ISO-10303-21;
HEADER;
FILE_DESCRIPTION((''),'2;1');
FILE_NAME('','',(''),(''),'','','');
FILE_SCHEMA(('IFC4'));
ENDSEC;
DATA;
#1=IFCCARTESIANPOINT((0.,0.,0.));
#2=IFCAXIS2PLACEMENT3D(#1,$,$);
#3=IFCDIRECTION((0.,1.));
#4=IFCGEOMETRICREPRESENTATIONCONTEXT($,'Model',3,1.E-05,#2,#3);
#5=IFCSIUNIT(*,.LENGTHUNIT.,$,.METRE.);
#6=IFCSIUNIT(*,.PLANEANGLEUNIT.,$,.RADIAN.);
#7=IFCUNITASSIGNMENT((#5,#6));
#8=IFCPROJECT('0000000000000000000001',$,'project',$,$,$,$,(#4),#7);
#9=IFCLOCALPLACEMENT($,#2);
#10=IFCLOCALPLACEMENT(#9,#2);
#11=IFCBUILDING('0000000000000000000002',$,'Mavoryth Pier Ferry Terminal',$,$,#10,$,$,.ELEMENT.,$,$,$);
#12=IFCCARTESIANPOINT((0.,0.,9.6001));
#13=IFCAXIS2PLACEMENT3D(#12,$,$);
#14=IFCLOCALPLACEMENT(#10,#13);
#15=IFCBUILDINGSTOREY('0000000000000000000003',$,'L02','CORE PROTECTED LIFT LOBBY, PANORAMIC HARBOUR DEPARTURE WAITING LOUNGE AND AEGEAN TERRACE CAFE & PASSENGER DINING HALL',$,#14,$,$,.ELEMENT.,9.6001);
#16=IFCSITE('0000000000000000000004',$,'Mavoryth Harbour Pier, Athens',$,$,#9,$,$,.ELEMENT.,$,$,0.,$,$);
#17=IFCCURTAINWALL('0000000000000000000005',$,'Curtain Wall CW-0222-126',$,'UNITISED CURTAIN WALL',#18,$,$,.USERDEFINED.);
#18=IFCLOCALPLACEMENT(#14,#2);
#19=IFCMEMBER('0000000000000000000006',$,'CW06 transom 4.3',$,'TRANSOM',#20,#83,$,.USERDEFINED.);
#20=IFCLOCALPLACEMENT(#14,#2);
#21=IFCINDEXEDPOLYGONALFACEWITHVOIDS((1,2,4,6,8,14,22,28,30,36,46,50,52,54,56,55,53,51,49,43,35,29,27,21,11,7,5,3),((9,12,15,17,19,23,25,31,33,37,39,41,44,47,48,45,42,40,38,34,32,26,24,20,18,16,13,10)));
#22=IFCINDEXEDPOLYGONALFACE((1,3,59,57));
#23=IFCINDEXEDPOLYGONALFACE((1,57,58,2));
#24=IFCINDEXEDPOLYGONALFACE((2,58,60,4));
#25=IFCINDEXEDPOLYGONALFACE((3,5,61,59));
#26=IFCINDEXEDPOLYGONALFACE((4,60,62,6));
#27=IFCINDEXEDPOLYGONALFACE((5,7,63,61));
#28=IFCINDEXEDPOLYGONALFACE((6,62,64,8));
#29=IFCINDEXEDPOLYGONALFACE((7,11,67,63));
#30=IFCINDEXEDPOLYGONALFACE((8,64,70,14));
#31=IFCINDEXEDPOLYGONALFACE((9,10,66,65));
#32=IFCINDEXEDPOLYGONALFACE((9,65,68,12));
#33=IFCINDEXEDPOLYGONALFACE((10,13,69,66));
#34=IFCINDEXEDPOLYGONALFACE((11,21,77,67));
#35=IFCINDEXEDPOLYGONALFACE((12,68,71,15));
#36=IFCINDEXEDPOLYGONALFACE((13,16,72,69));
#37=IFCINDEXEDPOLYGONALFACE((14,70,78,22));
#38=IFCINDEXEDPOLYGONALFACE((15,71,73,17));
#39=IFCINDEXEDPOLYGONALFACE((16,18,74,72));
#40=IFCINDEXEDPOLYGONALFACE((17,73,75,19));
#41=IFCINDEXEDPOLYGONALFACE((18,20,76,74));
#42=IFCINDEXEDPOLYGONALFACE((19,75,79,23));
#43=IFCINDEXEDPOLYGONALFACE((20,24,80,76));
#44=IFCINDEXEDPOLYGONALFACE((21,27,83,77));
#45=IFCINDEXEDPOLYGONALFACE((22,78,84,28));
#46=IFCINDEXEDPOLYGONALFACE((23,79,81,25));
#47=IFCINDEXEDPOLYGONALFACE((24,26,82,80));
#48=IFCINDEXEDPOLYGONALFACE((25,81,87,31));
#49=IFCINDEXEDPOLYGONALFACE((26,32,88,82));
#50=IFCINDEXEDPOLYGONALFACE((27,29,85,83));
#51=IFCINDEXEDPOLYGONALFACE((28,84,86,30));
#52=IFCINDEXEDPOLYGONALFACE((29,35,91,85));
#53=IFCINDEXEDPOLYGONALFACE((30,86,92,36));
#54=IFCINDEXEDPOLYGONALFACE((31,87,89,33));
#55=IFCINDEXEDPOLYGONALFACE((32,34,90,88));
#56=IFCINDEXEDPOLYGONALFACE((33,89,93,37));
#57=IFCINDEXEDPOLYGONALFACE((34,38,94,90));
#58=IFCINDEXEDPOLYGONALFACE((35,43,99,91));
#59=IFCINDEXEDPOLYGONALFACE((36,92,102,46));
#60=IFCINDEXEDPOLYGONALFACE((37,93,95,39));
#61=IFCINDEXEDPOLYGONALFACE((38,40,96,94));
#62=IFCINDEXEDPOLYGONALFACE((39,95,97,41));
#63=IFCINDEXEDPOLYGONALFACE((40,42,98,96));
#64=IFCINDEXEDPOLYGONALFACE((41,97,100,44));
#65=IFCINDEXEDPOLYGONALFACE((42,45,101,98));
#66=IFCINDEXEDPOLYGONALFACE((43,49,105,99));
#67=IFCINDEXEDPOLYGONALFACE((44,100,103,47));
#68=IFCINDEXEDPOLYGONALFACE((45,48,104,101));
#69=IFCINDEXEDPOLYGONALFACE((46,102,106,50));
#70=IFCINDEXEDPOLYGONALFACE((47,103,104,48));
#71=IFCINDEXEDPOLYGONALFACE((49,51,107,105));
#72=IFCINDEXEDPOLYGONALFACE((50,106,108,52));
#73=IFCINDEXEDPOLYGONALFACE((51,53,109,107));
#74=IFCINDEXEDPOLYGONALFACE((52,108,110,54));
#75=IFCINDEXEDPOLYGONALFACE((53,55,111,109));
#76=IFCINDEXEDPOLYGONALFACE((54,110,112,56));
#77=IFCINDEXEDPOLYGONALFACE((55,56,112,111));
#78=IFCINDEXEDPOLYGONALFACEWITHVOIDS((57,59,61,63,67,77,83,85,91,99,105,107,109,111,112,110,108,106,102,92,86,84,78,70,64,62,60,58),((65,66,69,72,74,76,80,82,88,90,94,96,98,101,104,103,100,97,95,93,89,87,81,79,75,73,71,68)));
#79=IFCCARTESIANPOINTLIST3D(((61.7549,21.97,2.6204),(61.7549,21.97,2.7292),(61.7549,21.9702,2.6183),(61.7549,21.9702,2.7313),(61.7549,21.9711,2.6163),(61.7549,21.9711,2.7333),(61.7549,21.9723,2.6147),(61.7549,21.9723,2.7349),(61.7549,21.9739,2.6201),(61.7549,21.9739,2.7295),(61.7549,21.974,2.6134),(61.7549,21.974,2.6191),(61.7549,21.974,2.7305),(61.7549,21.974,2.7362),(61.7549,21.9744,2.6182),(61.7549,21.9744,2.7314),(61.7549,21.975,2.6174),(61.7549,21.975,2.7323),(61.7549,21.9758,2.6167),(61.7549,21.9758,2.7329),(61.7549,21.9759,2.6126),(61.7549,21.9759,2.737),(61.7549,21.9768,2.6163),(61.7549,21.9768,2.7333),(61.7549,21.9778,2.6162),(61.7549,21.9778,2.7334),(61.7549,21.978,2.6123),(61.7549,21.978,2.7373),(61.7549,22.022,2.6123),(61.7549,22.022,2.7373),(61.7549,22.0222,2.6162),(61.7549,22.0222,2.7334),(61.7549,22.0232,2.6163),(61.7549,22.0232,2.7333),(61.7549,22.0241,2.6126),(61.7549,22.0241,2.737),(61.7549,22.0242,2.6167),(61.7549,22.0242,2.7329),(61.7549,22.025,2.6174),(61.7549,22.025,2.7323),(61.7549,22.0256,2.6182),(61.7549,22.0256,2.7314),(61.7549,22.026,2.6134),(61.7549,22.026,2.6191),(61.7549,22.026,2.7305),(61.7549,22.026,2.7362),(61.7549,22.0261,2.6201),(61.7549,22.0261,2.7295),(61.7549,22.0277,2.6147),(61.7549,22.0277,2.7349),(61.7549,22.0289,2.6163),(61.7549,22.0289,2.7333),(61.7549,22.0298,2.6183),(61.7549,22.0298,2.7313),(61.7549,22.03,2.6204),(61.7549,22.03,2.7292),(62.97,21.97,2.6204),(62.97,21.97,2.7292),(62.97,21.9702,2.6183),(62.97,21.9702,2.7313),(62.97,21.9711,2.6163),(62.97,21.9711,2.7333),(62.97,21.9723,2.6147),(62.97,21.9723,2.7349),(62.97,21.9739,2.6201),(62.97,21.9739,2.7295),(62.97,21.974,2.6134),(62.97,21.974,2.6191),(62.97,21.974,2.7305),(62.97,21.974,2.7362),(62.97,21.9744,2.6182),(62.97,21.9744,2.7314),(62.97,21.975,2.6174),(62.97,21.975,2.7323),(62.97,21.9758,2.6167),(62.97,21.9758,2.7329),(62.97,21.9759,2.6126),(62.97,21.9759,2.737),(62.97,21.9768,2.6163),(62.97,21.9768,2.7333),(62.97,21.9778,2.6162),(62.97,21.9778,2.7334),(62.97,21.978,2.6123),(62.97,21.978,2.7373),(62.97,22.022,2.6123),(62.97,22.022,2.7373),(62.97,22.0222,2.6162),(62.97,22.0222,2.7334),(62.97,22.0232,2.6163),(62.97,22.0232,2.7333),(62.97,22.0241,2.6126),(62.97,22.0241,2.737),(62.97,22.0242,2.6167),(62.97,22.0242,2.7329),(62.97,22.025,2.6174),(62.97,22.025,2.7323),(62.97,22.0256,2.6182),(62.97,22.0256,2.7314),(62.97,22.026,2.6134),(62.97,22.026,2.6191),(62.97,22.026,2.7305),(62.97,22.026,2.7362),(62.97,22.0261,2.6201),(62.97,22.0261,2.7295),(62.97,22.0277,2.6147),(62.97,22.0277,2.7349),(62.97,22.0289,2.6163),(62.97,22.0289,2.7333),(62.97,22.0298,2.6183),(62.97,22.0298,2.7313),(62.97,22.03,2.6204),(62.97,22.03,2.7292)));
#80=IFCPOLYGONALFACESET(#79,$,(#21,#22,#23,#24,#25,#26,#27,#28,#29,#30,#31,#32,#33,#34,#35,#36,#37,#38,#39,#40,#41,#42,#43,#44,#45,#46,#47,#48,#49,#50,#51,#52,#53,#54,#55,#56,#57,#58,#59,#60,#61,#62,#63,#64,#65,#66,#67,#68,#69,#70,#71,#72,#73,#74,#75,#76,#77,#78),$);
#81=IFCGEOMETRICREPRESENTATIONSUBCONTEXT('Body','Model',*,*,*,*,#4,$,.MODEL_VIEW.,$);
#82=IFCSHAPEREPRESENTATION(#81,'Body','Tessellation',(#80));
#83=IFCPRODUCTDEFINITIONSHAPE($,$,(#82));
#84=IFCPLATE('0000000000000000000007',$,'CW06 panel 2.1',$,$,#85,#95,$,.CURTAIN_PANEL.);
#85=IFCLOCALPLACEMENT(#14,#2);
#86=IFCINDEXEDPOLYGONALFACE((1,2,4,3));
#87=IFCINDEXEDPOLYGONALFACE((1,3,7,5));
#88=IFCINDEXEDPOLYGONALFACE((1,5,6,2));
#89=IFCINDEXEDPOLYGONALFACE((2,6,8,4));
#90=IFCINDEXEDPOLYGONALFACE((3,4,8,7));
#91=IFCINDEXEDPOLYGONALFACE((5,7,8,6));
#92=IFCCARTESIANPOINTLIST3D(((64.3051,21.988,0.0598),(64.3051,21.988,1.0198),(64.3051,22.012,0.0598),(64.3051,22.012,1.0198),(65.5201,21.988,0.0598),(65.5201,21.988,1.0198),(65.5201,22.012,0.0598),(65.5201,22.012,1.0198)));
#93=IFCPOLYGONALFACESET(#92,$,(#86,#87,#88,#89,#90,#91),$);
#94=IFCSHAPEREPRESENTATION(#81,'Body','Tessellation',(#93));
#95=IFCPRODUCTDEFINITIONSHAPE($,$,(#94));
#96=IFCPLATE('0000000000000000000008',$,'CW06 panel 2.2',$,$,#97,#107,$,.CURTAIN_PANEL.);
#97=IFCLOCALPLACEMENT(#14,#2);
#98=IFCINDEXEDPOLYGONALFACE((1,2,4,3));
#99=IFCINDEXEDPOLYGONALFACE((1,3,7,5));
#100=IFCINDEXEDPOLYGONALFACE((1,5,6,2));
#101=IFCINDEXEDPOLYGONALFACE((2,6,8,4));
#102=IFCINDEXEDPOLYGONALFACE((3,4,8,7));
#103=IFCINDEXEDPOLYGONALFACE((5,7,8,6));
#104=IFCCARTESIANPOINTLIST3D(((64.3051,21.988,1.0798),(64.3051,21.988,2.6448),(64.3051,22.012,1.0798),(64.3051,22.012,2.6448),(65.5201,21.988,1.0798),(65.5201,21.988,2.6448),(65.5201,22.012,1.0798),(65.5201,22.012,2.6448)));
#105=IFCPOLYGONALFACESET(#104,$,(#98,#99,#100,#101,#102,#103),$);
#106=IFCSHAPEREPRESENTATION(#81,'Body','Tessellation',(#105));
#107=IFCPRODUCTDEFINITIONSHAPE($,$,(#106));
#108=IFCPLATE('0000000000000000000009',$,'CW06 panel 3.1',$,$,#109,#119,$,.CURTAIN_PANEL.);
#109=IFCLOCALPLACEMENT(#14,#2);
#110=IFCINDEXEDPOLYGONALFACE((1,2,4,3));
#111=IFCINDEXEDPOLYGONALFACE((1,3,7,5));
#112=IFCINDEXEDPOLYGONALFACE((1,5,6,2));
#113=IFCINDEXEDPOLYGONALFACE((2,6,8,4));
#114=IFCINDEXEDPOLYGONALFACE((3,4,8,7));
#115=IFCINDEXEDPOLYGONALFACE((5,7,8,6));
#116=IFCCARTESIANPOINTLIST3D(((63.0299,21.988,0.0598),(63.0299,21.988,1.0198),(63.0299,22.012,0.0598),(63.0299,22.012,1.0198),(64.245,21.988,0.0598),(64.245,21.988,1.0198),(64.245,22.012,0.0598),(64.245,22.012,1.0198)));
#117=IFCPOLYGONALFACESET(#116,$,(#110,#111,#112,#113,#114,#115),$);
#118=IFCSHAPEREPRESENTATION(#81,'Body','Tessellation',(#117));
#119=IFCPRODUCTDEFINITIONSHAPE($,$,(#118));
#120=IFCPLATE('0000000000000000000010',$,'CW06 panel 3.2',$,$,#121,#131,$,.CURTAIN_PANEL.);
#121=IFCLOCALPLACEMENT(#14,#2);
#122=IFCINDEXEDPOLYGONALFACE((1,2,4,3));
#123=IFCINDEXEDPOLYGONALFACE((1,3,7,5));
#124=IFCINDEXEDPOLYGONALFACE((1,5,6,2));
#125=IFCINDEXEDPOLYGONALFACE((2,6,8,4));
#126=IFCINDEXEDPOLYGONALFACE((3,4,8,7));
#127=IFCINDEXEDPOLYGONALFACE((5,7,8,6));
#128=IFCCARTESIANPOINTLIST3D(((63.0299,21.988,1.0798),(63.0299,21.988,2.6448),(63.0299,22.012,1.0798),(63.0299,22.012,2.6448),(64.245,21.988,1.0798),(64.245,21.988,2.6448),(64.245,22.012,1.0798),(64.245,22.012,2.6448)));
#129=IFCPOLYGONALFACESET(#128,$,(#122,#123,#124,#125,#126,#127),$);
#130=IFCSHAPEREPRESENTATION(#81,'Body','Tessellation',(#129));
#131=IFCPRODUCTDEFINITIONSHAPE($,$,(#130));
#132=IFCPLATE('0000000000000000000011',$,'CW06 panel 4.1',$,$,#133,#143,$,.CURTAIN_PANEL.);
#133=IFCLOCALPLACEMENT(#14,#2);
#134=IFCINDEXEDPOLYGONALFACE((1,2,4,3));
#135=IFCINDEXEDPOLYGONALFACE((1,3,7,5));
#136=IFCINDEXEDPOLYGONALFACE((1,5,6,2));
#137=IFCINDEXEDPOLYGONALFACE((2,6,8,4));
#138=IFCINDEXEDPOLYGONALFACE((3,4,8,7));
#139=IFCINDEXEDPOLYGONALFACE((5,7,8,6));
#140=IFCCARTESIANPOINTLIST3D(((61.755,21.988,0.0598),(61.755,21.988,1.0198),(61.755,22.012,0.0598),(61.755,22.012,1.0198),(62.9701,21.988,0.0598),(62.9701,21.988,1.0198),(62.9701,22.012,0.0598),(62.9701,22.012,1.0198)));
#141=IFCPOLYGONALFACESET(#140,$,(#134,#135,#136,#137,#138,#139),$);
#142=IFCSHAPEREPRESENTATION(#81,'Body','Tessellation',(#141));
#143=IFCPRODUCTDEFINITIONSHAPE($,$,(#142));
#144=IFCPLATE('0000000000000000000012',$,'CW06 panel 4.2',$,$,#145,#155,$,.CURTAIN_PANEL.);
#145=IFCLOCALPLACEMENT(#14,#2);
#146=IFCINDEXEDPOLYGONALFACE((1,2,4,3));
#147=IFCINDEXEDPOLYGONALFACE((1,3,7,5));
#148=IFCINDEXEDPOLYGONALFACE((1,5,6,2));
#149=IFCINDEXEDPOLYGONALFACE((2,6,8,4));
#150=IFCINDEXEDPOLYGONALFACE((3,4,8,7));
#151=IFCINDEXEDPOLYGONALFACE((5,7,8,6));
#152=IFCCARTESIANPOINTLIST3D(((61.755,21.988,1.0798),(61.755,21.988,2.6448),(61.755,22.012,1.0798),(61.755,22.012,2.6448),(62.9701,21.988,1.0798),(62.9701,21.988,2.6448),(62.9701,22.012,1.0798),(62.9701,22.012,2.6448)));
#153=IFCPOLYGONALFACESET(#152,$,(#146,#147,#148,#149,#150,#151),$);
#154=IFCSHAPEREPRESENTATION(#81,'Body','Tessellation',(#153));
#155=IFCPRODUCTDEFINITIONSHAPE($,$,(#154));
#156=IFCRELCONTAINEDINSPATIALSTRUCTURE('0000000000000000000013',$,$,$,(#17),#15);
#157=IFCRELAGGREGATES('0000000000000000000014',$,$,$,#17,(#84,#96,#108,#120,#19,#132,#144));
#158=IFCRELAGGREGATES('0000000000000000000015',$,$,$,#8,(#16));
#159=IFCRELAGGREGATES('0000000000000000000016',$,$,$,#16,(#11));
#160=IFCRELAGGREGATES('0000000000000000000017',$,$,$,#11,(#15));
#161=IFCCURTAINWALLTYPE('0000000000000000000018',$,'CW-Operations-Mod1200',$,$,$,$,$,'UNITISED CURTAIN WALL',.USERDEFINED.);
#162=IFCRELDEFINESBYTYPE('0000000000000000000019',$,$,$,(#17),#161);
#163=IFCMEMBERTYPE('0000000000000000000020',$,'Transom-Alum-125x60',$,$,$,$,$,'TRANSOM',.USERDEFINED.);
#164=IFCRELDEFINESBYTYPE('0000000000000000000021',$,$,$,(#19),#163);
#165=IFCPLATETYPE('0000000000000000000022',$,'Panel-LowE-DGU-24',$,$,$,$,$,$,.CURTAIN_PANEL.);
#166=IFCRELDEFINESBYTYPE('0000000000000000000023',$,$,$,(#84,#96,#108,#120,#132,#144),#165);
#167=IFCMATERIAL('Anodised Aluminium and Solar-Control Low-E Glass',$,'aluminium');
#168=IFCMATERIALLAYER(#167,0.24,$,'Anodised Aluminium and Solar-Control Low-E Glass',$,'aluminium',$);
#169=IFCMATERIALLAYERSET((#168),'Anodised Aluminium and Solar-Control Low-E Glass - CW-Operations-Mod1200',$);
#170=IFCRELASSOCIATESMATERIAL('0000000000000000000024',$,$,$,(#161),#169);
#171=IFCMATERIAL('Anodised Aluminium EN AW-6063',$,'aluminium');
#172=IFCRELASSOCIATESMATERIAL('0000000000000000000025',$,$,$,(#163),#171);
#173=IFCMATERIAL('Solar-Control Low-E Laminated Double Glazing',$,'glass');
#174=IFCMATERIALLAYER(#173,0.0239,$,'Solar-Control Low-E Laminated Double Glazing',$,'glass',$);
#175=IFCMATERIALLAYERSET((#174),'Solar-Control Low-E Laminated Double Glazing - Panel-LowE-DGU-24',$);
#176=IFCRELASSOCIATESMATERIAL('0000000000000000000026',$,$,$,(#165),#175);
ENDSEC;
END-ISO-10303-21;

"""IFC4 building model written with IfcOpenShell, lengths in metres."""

from ifc_helpers import new_model, si_unit, direction, frame, origin, origin_2d, place, context, subcontext, project, spatial, rectangle, hollow_rectangle, extrude, material, layer, layer_set, material_profile, profile_set, type_object, element, aggregate, save


model = new_model("IFC4")

# Units and contexts
model_context = context("Model", 3, precision=1e-05, world=origin(), true_north=direction((0.0, 1.0)))
body_context = subcontext(model_context, "Body", "Model", "MODEL_VIEW")
ifc_project = project(units=[si_unit("LENGTHUNIT", "METRE"), si_unit("PLANEANGLEUNIT", "RADIAN")], contexts=[model_context])

# Site, building, storey
site_placement = place(None, origin())
site = spatial("IfcSite", under=ifc_project, at=site_placement, Name="Mavoryth Harbour Pier, Athens", CompositionType="ELEMENT", RefElevation=0.0)
building_placement = place(site_placement, origin())
building = spatial("IfcBuilding", under=site, at=building_placement, Name="Mavoryth Pier Ferry Terminal", CompositionType="ELEMENT")
storey_placement = place(building_placement, frame((0.0, 0.0, 9.6001)))
storey = spatial("IfcBuildingStorey", under=building, at=storey_placement, Name="L02", Description="CORE PROTECTED LIFT LOBBY, PANORAMIC HARBOUR DEPARTURE WAITING LOUNGE AND AEGEAN TERRACE CAFE & PASSENGER DINING HALL", CompositionType="ELEMENT", Elevation=9.6001)

# Curtain wall, member, plates
ifc_material_1 = material(Name="Anodised Aluminium and Solar-Control Low-E Glass", Category="aluminium")
ifc_layer_1 = layer(ifc_material_1, 0.24, Name="Anodised Aluminium and Solar-Control Low-E Glass", Category="aluminium")
ifc_layer_set_1 = layer_set([ifc_layer_1], Name="Anodised Aluminium and Solar-Control Low-E Glass - CW-Operations-Mod1200")
curtain_wall_type = type_object("IfcCurtainWallType", Name="CW-Operations-Mod1200", ElementType="UNITISED CURTAIN WALL", PredefinedType="USERDEFINED", material=ifc_layer_set_1)
curtain_wall_placement = place(storey_placement, origin())
curtain_wall = element("IfcCurtainWall", 1, at=curtain_wall_placement, inside=storey, type_object=curtain_wall_type, Name="Curtain Wall CW-0222-126", ObjectType="UNITISED CURTAIN WALL", PredefinedType="USERDEFINED")
ifc_material_2 = material(Name="Anodised Aluminium EN AW-6063", Category="aluminium")
ifc_material_profile_1 = material_profile(ifc_material_2, hollow_rectangle(XDim=0.0601, YDim=0.125, WallThickness=0.0039, InnerFilletRadius=0.0039, OuterFilletRadius=0.0081, at=origin_2d()), Name="AL-TRAN 125x60x4", Category="aluminium")
ifc_profile_set_1 = profile_set([ifc_material_profile_1], Name="Anodised Aluminium EN AW-6063 - AL-TRAN 125x60x4")
member_type_1 = type_object("IfcMemberType", Name="Transom-Alum-125x60", ElementType="TRANSOM", PredefinedType="USERDEFINED", material=ifc_profile_set_1)
member_1_placement = place(storey_placement, frame((62.97, 22.0, 2.6748), z_axis=(-1.0, 0.0, 0.0), x_axis=(0.0, -1.0, 0.0)))
member_1 = element("IfcMember", 2, at=member_1_placement, type_object=member_type_1, Name="CW06 transom 4.3", ObjectType="TRANSOM", PredefinedType="USERDEFINED", context=body_context, shape_type="SweptSolid", body=[
    extrude(hollow_rectangle(XDim=0.0601, YDim=0.125, WallThickness=0.0039, InnerFilletRadius=0.0039, OuterFilletRadius=0.0081, at=origin_2d()), origin(), (0.0, 0.0, 1.0), 1.2151),
])
ifc_material_3 = material(Name="Solar-Control Low-E Laminated Double Glazing", Category="glass")
ifc_layer_2 = layer(ifc_material_3, 0.0239, Name="Solar-Control Low-E Laminated Double Glazing", Category="glass")
ifc_layer_set_2 = layer_set([ifc_layer_2], Name="Solar-Control Low-E Laminated Double Glazing - Panel-LowE-DGU-24")
plate_type = type_object("IfcPlateType", Name="Panel-LowE-DGU-24", PredefinedType="CURTAIN_PANEL", material=ifc_layer_set_2)
plate_1_placement = place(storey_placement, frame((64.9126, 22.0, 0.0598), z_axis=(0.0, 0.0, 1.0), x_axis=(-1.0, 0.0, 0.0)))
plate_1 = element("IfcPlate", 3, at=plate_1_placement, type_object=plate_type, Name="CW06 panel 2.1", PredefinedType="CURTAIN_PANEL", context=body_context, shape_type="SweptSolid", body=[
    extrude(rectangle(XDim=1.2151, YDim=0.0239, at=origin_2d()), origin(), (0.0, 0.0, 1.0), 0.96),
])
plate_2_placement = place(storey_placement, frame((64.9126, 22.0, 1.0798), z_axis=(0.0, 0.0, 1.0), x_axis=(-1.0, 0.0, 0.0)))
plate_2 = element("IfcPlate", 4, at=plate_2_placement, type_object=plate_type, Name="CW06 panel 2.2", PredefinedType="CURTAIN_PANEL", context=body_context, shape_type="SweptSolid", body=[
    extrude(rectangle(XDim=1.2151, YDim=0.0239, at=origin_2d()), origin(), (0.0, 0.0, 1.0), 1.5649),
])
plate_3_placement = place(storey_placement, frame((63.6375, 22.0, 0.0598), z_axis=(0.0, 0.0, 1.0), x_axis=(-1.0, 0.0, 0.0)))
plate_3 = element("IfcPlate", 5, at=plate_3_placement, type_object=plate_type, Name="CW06 panel 3.1", PredefinedType="CURTAIN_PANEL", context=body_context, shape_type="SweptSolid", body=[
    extrude(rectangle(XDim=1.2151, YDim=0.0239, at=origin_2d()), origin(), (0.0, 0.0, 1.0), 0.96),
])
plate_4_placement = place(storey_placement, frame((63.6375, 22.0, 1.0798), z_axis=(0.0, 0.0, 1.0), x_axis=(-1.0, 0.0, 0.0)))
plate_4 = element("IfcPlate", 6, at=plate_4_placement, type_object=plate_type, Name="CW06 panel 3.2", PredefinedType="CURTAIN_PANEL", context=body_context, shape_type="SweptSolid", body=[
    extrude(rectangle(XDim=1.2151, YDim=0.0239, at=origin_2d()), origin(), (0.0, 0.0, 1.0), 1.5649),
])
plate_5_placement = place(storey_placement, frame((62.3625, 22.0, 0.0598), z_axis=(0.0, 0.0, 1.0), x_axis=(-1.0, 0.0, 0.0)))
plate_5 = element("IfcPlate", 7, at=plate_5_placement, type_object=plate_type, Name="CW06 panel 4.1", PredefinedType="CURTAIN_PANEL", context=body_context, shape_type="SweptSolid", body=[
    extrude(rectangle(XDim=1.2151, YDim=0.0239, at=origin_2d()), origin(), (0.0, 0.0, 1.0), 0.96),
])
plate_6_placement = place(storey_placement, frame((62.3625, 22.0, 1.0798), z_axis=(0.0, 0.0, 1.0), x_axis=(-1.0, 0.0, 0.0)))
plate_6 = element("IfcPlate", 8, at=plate_6_placement, type_object=plate_type, Name="CW06 panel 4.2", PredefinedType="CURTAIN_PANEL", context=body_context, shape_type="SweptSolid", body=[
    extrude(rectangle(XDim=1.2151, YDim=0.0239, at=origin_2d()), origin(), (0.0, 0.0, 1.0), 1.5649),
])
aggregate(curtain_wall, [plate_1, plate_2, plate_3, plate_4, member_1, plate_5, plate_6])

save(model, "model.ifc")
